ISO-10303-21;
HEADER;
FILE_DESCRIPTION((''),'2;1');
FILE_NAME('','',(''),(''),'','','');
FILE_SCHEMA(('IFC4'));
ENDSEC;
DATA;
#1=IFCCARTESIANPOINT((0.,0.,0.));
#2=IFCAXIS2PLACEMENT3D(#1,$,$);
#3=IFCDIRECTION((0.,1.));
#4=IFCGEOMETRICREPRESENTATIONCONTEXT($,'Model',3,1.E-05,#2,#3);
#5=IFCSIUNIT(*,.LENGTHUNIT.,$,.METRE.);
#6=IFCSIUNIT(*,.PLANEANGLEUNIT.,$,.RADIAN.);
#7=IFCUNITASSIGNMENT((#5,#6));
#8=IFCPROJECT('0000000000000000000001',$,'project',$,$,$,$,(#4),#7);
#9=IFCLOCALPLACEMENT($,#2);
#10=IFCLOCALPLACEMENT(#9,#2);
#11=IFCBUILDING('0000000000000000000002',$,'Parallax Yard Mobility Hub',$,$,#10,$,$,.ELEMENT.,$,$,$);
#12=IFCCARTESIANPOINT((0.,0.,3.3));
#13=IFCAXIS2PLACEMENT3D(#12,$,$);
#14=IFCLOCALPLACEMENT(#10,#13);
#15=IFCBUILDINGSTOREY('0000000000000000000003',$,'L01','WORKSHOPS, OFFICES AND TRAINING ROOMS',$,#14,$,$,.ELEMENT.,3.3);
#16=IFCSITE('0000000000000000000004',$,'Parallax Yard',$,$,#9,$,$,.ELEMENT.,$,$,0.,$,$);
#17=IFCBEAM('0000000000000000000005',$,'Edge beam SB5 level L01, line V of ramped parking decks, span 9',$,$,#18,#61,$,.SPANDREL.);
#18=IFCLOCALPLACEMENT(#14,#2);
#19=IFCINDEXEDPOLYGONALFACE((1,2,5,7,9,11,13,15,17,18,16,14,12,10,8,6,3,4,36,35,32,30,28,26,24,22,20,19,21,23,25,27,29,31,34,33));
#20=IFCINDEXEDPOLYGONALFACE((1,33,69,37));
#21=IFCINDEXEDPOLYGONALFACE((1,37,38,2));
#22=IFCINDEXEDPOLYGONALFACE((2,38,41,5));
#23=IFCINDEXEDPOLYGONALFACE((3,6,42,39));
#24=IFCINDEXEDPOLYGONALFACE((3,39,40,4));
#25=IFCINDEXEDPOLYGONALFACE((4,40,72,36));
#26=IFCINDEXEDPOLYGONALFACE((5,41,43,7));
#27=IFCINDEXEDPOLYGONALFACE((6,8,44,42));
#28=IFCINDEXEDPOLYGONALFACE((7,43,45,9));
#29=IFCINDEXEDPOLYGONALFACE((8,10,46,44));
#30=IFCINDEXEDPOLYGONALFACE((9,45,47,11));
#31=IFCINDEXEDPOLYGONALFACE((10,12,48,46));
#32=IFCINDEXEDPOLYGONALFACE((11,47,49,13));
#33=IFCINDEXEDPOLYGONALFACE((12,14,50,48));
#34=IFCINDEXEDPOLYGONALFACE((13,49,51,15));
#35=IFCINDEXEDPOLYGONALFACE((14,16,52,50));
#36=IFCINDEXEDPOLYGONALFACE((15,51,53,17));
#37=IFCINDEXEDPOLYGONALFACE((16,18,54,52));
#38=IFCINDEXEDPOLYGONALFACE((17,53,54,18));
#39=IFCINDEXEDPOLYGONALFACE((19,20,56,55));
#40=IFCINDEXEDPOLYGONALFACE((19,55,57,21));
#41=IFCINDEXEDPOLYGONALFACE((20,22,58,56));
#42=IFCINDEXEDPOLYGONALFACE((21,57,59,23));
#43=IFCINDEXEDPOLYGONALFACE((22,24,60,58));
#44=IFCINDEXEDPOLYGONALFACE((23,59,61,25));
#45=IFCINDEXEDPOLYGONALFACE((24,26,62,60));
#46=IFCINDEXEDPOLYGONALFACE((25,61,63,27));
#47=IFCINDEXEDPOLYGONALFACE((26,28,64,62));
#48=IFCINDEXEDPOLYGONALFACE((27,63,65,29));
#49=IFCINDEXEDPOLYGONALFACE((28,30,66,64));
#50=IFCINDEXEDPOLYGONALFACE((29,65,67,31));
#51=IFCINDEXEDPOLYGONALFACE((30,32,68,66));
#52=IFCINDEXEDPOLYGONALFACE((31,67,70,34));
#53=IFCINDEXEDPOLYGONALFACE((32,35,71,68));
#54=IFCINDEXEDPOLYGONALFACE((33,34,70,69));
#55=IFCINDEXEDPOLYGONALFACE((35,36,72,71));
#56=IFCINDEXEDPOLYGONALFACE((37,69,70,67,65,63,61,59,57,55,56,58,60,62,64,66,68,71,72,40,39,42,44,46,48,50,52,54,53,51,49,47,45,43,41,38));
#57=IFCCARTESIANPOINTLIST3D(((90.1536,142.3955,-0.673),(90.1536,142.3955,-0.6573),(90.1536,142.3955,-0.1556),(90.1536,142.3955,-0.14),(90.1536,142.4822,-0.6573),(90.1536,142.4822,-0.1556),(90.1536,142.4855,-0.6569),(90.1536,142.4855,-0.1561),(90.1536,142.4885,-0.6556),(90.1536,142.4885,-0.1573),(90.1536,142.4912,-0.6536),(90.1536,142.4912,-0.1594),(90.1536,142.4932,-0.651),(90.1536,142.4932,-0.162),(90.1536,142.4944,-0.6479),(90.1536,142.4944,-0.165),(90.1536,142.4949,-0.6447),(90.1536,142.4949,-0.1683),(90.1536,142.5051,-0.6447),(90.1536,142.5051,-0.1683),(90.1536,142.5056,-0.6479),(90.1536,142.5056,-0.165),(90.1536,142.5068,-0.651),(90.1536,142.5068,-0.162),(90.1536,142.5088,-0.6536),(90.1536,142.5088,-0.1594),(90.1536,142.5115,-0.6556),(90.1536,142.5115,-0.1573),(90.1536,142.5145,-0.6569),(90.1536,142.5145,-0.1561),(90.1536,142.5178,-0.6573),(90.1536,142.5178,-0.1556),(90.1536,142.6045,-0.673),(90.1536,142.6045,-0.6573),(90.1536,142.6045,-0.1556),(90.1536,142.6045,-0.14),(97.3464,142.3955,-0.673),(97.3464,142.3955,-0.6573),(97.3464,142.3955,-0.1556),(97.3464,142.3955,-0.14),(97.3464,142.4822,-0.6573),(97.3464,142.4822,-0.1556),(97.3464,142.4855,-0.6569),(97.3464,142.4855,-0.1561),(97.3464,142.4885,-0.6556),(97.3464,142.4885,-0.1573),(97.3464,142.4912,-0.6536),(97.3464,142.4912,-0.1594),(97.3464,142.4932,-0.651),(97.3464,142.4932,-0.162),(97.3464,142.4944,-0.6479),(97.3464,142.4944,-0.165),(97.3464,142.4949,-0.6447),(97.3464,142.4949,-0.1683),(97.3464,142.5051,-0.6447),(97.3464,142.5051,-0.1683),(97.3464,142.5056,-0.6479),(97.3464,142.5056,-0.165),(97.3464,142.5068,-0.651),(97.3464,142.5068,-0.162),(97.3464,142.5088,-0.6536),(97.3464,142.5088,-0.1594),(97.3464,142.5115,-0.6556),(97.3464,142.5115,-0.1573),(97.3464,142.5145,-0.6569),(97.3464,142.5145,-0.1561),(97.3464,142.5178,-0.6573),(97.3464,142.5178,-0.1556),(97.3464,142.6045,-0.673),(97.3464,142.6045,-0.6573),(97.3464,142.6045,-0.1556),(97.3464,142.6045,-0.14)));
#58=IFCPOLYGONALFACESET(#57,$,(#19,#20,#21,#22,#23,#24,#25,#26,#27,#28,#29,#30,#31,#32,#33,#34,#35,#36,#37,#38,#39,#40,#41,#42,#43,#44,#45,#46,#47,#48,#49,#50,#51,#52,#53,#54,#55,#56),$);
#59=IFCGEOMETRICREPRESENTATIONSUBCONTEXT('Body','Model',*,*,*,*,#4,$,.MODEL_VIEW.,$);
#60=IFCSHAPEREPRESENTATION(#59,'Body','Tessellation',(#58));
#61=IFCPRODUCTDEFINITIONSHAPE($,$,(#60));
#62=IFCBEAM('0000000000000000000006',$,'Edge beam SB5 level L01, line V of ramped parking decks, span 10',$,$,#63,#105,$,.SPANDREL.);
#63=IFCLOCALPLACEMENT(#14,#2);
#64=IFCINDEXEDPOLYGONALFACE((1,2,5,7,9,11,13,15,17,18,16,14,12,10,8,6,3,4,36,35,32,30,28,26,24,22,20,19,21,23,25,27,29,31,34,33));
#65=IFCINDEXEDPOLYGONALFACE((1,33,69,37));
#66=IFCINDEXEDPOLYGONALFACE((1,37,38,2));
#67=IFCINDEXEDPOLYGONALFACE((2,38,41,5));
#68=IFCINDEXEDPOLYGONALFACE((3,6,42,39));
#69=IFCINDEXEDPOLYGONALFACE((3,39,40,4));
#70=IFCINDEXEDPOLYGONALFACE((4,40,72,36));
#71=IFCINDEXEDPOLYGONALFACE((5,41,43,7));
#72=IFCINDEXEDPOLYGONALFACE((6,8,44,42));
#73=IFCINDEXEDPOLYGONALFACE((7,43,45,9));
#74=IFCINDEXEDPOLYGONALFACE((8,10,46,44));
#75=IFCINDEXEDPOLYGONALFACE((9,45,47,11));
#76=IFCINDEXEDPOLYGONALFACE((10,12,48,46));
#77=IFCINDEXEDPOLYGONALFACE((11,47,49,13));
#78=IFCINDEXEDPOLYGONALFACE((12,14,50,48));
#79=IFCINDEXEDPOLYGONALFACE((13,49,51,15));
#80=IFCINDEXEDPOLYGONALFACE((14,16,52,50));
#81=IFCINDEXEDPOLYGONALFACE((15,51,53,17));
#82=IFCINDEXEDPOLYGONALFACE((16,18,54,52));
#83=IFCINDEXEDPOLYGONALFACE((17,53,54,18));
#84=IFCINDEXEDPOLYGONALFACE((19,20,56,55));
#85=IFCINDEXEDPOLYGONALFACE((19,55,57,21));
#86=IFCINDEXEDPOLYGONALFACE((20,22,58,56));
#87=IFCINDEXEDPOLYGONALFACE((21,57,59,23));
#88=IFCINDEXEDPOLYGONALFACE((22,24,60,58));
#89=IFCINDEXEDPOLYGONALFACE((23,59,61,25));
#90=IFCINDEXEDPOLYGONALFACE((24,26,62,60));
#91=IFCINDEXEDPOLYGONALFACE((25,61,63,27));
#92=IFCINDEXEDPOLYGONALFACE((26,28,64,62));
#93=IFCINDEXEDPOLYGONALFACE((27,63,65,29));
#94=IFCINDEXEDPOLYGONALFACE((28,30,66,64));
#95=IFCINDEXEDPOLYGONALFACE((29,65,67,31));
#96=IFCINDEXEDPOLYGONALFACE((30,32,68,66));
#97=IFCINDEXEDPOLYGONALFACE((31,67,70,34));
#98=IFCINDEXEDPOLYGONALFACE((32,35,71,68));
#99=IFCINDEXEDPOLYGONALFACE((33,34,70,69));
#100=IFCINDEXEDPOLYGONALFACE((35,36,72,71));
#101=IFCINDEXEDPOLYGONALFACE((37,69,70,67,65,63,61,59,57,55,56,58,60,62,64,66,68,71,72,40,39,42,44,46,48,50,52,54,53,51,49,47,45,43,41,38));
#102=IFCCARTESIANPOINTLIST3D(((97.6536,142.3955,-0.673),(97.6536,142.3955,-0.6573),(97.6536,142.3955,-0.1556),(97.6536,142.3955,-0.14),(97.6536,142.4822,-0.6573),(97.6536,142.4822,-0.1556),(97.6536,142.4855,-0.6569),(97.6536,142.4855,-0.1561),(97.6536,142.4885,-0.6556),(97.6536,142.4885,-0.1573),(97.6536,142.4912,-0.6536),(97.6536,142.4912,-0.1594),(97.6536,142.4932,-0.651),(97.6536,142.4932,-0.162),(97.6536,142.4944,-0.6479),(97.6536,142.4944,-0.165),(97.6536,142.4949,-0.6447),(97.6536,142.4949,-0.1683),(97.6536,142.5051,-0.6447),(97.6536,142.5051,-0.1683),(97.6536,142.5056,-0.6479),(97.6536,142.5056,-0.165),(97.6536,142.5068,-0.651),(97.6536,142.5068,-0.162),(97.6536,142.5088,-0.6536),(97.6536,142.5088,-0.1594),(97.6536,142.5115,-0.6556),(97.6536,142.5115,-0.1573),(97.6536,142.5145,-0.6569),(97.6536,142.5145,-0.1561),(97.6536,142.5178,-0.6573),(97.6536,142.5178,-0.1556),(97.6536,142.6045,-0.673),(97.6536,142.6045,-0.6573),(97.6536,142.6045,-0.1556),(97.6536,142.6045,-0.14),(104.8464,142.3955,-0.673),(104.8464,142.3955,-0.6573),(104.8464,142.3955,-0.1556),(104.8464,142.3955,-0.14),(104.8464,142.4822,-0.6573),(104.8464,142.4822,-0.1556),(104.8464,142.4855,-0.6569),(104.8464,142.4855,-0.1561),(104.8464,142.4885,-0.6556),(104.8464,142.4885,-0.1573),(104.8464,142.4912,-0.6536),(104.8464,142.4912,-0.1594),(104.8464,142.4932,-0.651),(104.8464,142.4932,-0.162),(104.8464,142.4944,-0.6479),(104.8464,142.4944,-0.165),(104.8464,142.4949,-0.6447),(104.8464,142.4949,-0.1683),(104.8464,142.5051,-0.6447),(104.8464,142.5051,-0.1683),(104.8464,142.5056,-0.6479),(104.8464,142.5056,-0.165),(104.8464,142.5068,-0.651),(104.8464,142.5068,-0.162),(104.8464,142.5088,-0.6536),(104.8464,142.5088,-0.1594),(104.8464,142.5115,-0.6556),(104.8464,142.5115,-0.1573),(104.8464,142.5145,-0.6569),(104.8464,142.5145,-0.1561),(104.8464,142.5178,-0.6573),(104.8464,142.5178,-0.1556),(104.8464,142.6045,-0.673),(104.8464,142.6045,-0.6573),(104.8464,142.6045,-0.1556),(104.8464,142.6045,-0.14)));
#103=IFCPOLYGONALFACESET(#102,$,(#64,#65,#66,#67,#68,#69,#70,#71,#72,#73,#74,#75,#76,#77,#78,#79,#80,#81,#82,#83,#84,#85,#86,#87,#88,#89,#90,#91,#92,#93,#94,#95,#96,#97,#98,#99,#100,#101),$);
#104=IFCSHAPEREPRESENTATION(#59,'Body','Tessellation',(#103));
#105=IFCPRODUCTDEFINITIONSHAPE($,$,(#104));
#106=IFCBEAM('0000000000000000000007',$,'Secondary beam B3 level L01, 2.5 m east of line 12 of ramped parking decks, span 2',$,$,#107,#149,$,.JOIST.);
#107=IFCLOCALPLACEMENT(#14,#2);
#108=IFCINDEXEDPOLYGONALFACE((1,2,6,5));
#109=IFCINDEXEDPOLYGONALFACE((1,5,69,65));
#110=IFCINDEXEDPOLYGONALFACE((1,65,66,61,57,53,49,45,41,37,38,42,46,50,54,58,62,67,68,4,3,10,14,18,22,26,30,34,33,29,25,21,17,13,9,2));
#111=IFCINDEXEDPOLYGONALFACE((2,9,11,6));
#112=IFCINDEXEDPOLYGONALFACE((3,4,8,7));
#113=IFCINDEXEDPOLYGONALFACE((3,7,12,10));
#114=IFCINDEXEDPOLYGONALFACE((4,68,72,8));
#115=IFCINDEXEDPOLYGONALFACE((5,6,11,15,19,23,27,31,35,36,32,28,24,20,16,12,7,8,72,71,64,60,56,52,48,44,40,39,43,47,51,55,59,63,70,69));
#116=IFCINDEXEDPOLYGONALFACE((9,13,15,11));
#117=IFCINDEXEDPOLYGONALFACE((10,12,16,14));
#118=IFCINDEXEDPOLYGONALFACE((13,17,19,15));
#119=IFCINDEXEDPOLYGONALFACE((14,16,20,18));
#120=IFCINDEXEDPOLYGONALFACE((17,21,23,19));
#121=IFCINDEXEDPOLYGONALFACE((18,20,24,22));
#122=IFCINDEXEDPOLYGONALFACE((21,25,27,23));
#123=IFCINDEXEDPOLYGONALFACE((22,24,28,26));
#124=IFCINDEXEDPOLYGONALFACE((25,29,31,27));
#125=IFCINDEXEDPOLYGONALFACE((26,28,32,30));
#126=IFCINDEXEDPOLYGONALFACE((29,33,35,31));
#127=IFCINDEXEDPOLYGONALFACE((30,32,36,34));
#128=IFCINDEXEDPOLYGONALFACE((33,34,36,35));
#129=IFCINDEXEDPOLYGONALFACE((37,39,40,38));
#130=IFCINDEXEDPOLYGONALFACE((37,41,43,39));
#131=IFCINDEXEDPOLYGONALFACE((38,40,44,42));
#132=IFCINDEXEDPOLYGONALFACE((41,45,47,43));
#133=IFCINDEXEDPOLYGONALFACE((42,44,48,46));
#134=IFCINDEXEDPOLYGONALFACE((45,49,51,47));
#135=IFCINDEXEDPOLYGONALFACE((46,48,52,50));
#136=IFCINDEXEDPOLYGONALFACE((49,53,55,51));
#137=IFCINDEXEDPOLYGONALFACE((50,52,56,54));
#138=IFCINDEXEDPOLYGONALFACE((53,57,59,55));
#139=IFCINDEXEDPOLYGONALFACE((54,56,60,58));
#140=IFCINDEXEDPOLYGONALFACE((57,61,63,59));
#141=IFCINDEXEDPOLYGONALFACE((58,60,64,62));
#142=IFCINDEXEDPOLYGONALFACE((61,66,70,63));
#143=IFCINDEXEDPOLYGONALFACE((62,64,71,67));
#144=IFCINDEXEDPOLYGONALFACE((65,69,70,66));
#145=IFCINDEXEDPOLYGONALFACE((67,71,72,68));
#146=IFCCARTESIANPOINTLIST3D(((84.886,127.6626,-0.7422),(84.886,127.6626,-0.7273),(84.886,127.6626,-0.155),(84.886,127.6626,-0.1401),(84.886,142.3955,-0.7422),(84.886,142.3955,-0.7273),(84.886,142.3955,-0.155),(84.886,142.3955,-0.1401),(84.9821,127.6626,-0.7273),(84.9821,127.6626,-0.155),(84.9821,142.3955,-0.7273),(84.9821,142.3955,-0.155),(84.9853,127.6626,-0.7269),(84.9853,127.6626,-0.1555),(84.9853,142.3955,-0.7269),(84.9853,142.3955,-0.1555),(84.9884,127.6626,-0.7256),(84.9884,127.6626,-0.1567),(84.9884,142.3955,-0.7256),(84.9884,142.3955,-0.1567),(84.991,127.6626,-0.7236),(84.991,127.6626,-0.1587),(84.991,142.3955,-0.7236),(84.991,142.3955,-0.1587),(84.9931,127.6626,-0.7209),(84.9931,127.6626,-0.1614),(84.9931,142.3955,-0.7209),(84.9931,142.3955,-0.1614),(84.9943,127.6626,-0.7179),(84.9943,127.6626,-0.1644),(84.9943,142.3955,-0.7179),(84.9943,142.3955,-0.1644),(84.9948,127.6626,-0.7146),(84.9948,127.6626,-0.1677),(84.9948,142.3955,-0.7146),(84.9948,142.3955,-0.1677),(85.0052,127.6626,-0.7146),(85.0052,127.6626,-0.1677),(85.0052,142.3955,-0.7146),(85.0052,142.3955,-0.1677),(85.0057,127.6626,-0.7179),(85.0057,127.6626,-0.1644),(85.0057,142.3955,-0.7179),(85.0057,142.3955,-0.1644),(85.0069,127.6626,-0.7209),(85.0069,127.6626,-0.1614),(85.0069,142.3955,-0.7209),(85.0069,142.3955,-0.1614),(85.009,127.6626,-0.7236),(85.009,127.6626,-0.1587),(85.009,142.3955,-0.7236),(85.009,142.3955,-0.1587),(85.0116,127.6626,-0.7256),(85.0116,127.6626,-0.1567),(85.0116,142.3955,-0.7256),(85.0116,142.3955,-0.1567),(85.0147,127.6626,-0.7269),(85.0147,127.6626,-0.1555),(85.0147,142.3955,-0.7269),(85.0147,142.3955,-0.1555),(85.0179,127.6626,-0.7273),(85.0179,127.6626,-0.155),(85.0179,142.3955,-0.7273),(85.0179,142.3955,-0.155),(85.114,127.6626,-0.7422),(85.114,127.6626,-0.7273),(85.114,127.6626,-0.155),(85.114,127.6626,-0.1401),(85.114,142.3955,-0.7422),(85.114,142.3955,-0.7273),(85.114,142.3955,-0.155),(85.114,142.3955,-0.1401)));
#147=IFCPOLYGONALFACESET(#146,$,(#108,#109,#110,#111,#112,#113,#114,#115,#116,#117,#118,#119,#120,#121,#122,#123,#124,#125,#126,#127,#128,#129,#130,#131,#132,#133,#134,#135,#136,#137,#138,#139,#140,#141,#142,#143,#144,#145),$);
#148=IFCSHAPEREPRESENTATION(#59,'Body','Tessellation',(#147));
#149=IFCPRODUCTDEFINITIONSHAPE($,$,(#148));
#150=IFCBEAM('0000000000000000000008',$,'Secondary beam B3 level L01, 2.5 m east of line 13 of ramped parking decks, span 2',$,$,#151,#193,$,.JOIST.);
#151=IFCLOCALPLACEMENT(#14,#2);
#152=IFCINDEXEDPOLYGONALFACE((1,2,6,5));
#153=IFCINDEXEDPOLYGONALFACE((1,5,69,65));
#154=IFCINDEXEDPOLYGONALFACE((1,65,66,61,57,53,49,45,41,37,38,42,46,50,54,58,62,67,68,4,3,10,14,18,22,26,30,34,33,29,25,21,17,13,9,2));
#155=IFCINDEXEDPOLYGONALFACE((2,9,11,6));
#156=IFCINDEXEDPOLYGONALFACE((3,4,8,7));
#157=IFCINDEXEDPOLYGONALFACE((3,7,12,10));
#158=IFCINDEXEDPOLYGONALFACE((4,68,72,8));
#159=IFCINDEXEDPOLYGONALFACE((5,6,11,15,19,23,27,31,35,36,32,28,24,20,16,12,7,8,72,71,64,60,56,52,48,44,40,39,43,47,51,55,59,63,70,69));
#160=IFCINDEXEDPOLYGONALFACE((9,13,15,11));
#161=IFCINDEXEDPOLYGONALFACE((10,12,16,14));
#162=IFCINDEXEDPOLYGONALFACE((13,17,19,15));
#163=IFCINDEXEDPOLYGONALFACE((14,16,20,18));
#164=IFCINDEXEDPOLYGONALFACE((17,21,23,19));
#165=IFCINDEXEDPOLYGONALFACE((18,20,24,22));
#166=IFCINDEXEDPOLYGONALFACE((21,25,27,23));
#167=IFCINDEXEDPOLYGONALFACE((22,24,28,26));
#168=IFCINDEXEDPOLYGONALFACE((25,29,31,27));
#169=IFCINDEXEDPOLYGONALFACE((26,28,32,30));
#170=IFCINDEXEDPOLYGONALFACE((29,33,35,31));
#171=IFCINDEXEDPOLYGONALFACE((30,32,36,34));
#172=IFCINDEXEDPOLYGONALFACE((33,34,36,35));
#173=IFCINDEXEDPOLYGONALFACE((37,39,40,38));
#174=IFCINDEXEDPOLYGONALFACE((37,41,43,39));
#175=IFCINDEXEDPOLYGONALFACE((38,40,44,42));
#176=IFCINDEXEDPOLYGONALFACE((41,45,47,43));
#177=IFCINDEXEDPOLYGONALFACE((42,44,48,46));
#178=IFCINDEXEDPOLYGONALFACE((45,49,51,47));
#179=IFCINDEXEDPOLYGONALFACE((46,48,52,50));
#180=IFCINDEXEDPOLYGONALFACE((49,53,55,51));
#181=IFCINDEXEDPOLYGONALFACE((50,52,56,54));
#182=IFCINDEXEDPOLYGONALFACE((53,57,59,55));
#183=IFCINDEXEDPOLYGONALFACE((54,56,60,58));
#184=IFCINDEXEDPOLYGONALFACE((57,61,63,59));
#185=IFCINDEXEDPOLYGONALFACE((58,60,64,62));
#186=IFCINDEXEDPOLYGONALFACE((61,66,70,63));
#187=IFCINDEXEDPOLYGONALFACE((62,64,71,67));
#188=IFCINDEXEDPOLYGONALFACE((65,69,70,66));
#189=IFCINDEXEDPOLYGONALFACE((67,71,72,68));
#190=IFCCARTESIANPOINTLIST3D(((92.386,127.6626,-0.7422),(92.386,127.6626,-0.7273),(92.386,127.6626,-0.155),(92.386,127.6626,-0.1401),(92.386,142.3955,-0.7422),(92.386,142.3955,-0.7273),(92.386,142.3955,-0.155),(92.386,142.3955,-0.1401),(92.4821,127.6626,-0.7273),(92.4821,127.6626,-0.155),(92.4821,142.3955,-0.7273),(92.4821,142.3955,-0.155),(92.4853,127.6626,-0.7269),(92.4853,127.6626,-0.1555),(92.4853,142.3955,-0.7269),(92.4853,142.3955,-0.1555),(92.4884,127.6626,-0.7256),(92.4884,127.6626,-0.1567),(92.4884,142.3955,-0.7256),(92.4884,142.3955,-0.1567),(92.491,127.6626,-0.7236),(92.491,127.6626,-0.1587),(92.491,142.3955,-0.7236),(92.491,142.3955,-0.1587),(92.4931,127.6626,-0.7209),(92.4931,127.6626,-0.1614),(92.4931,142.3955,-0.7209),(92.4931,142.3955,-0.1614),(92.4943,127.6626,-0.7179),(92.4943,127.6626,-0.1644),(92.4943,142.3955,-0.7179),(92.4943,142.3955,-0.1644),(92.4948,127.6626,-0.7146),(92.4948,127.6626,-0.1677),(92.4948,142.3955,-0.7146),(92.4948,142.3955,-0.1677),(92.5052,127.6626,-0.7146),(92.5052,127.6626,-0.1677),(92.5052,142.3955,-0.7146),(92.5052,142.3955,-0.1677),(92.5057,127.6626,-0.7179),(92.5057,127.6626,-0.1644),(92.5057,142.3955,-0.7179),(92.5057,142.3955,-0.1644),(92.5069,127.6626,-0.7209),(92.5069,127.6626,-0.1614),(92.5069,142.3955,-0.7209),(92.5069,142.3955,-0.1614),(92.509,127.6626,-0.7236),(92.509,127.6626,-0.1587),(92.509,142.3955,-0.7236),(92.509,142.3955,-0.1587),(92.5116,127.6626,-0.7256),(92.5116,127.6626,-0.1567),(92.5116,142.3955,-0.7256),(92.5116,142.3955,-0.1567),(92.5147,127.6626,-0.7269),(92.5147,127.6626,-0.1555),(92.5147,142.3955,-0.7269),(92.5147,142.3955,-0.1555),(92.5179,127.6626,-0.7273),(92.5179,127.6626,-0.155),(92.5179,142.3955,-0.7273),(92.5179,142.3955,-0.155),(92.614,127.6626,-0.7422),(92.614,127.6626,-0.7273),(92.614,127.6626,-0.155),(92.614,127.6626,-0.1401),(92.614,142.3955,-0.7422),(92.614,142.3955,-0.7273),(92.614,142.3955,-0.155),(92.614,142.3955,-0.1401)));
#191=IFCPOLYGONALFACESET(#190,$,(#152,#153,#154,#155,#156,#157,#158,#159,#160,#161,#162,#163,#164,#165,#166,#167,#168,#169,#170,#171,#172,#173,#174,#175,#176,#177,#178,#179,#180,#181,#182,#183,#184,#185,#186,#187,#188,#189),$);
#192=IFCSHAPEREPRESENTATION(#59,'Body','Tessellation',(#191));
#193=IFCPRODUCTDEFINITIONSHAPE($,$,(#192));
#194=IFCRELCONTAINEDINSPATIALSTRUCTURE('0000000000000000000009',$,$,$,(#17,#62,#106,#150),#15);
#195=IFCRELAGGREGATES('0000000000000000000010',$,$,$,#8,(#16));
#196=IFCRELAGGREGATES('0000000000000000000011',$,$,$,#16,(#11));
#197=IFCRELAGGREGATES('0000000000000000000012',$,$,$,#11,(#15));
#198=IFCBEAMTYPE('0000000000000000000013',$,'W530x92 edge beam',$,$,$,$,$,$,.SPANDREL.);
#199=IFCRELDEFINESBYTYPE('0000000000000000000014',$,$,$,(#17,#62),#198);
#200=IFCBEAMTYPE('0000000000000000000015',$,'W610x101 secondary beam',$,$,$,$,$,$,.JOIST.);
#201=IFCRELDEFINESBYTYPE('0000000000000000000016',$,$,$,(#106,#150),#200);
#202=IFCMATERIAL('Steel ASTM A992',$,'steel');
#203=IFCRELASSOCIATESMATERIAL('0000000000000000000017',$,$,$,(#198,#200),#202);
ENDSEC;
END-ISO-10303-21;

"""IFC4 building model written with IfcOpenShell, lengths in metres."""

from ifc_helpers import new_model, si_unit, direction, frame, origin, origin_2d, place, context, subcontext, project, spatial, i_section, extrude, material, material_profile, profile_set, type_object, element, save


model = new_model("IFC4")

# Units and contexts
model_context = context("Model", 3, precision=1e-05, world=origin(), true_north=direction((0.0, 1.0)))
body_context = subcontext(model_context, "Body", "Model", "MODEL_VIEW")
ifc_project = project(units=[si_unit("LENGTHUNIT", "METRE"), si_unit("PLANEANGLEUNIT", "RADIAN")], contexts=[model_context])

# Site, building, storey
site_placement = place(None, origin())
site = spatial("IfcSite", under=ifc_project, at=site_placement, Name="Parallax Yard", CompositionType="ELEMENT", RefElevation=0.0)
building_placement = place(site_placement, origin())
building = spatial("IfcBuilding", under=site, at=building_placement, Name="Parallax Yard Mobility Hub", CompositionType="ELEMENT")
storey_placement = place(building_placement, frame((0.0, 0.0, 3.3)))
storey = spatial("IfcBuildingStorey", under=building, at=storey_placement, Name="L01", Description="WORKSHOPS, OFFICES AND TRAINING ROOMS", CompositionType="ELEMENT", Elevation=3.3)

# Shared definitions
ifc_material_1 = material(Name="Steel ASTM A992", Category="steel")

# Beams
ifc_material_profile_1 = material_profile(ifc_material_1, i_section(OverallWidth=0.209, OverallDepth=0.533, WebThickness=0.0103, FlangeThickness=0.0156, FilletRadius=0.0127, at=origin_2d()), Name="W530x92")
ifc_profile_set_1 = profile_set([ifc_material_profile_1], Name="Steel ASTM A992")
beam_type_1 = type_object("IfcBeamType", Name="W530x92 edge beam", PredefinedType="SPANDREL", material=ifc_profile_set_1)
for number, where, z_axis, x_axis, name in (
    (1, (90.1536, 142.5, -0.4065), (1.0, 0.0, 0.0), (0.0, 1.0, 0.0), "Edge beam SB5 level L01, line V of ramped parking decks, span 9"),
    (2, (97.6536, 142.5, -0.4065), (1.0, 0.0, 0.0), (0.0, 1.0, 0.0), "Edge beam SB5 level L01, line V of ramped parking decks, span 10"),
):
    element("IfcBeam", number, at=place(storey_placement, frame(where, z_axis=z_axis, x_axis=x_axis)), inside=storey, type_object=beam_type_1, Name=name, PredefinedType="SPANDREL", context=body_context, shape_type="SweptSolid", body=[
        extrude(i_section(OverallWidth=0.209, OverallDepth=0.533, WebThickness=0.0103, FlangeThickness=0.0156, FilletRadius=0.0127, at=origin_2d()), origin(), (0.0, 0.0, 1.0), 7.1929),
    ])
ifc_material_profile_2 = material_profile(ifc_material_1, i_section(OverallWidth=0.228, OverallDepth=0.6021, WebThickness=0.0105, FlangeThickness=0.0149, FilletRadius=0.0127, at=origin_2d()), Name="W610x101")
ifc_profile_set_2 = profile_set([ifc_material_profile_2], Name="Steel ASTM A992")
beam_type_2 = type_object("IfcBeamType", Name="W610x101 secondary beam", PredefinedType="JOIST", material=ifc_profile_set_2)
for number, where, z_axis, x_axis, name in (
    (3, (85.0, 127.6626, -0.4412), (0.0, 1.0, 0.0), (-1.0, 0.0, 0.0), "Secondary beam B3 level L01, 2.5 m east of line 12 of ramped parking decks, span 2"),
    (4, (92.5, 127.6626, -0.4412), (0.0, 1.0, 0.0), (-1.0, 0.0, 0.0), "Secondary beam B3 level L01, 2.5 m east of line 13 of ramped parking decks, span 2"),
):
    element("IfcBeam", number, at=place(storey_placement, frame(where, z_axis=z_axis, x_axis=x_axis)), inside=storey, type_object=beam_type_2, Name=name, PredefinedType="JOIST", context=body_context, shape_type="SweptSolid", body=[
        extrude(i_section(OverallWidth=0.228, OverallDepth=0.6021, WebThickness=0.0105, FlangeThickness=0.0149, FilletRadius=0.0127, at=origin_2d()), origin(), (0.0, 0.0, 1.0), 14.7329),
    ])

save(model, "model.ifc")
